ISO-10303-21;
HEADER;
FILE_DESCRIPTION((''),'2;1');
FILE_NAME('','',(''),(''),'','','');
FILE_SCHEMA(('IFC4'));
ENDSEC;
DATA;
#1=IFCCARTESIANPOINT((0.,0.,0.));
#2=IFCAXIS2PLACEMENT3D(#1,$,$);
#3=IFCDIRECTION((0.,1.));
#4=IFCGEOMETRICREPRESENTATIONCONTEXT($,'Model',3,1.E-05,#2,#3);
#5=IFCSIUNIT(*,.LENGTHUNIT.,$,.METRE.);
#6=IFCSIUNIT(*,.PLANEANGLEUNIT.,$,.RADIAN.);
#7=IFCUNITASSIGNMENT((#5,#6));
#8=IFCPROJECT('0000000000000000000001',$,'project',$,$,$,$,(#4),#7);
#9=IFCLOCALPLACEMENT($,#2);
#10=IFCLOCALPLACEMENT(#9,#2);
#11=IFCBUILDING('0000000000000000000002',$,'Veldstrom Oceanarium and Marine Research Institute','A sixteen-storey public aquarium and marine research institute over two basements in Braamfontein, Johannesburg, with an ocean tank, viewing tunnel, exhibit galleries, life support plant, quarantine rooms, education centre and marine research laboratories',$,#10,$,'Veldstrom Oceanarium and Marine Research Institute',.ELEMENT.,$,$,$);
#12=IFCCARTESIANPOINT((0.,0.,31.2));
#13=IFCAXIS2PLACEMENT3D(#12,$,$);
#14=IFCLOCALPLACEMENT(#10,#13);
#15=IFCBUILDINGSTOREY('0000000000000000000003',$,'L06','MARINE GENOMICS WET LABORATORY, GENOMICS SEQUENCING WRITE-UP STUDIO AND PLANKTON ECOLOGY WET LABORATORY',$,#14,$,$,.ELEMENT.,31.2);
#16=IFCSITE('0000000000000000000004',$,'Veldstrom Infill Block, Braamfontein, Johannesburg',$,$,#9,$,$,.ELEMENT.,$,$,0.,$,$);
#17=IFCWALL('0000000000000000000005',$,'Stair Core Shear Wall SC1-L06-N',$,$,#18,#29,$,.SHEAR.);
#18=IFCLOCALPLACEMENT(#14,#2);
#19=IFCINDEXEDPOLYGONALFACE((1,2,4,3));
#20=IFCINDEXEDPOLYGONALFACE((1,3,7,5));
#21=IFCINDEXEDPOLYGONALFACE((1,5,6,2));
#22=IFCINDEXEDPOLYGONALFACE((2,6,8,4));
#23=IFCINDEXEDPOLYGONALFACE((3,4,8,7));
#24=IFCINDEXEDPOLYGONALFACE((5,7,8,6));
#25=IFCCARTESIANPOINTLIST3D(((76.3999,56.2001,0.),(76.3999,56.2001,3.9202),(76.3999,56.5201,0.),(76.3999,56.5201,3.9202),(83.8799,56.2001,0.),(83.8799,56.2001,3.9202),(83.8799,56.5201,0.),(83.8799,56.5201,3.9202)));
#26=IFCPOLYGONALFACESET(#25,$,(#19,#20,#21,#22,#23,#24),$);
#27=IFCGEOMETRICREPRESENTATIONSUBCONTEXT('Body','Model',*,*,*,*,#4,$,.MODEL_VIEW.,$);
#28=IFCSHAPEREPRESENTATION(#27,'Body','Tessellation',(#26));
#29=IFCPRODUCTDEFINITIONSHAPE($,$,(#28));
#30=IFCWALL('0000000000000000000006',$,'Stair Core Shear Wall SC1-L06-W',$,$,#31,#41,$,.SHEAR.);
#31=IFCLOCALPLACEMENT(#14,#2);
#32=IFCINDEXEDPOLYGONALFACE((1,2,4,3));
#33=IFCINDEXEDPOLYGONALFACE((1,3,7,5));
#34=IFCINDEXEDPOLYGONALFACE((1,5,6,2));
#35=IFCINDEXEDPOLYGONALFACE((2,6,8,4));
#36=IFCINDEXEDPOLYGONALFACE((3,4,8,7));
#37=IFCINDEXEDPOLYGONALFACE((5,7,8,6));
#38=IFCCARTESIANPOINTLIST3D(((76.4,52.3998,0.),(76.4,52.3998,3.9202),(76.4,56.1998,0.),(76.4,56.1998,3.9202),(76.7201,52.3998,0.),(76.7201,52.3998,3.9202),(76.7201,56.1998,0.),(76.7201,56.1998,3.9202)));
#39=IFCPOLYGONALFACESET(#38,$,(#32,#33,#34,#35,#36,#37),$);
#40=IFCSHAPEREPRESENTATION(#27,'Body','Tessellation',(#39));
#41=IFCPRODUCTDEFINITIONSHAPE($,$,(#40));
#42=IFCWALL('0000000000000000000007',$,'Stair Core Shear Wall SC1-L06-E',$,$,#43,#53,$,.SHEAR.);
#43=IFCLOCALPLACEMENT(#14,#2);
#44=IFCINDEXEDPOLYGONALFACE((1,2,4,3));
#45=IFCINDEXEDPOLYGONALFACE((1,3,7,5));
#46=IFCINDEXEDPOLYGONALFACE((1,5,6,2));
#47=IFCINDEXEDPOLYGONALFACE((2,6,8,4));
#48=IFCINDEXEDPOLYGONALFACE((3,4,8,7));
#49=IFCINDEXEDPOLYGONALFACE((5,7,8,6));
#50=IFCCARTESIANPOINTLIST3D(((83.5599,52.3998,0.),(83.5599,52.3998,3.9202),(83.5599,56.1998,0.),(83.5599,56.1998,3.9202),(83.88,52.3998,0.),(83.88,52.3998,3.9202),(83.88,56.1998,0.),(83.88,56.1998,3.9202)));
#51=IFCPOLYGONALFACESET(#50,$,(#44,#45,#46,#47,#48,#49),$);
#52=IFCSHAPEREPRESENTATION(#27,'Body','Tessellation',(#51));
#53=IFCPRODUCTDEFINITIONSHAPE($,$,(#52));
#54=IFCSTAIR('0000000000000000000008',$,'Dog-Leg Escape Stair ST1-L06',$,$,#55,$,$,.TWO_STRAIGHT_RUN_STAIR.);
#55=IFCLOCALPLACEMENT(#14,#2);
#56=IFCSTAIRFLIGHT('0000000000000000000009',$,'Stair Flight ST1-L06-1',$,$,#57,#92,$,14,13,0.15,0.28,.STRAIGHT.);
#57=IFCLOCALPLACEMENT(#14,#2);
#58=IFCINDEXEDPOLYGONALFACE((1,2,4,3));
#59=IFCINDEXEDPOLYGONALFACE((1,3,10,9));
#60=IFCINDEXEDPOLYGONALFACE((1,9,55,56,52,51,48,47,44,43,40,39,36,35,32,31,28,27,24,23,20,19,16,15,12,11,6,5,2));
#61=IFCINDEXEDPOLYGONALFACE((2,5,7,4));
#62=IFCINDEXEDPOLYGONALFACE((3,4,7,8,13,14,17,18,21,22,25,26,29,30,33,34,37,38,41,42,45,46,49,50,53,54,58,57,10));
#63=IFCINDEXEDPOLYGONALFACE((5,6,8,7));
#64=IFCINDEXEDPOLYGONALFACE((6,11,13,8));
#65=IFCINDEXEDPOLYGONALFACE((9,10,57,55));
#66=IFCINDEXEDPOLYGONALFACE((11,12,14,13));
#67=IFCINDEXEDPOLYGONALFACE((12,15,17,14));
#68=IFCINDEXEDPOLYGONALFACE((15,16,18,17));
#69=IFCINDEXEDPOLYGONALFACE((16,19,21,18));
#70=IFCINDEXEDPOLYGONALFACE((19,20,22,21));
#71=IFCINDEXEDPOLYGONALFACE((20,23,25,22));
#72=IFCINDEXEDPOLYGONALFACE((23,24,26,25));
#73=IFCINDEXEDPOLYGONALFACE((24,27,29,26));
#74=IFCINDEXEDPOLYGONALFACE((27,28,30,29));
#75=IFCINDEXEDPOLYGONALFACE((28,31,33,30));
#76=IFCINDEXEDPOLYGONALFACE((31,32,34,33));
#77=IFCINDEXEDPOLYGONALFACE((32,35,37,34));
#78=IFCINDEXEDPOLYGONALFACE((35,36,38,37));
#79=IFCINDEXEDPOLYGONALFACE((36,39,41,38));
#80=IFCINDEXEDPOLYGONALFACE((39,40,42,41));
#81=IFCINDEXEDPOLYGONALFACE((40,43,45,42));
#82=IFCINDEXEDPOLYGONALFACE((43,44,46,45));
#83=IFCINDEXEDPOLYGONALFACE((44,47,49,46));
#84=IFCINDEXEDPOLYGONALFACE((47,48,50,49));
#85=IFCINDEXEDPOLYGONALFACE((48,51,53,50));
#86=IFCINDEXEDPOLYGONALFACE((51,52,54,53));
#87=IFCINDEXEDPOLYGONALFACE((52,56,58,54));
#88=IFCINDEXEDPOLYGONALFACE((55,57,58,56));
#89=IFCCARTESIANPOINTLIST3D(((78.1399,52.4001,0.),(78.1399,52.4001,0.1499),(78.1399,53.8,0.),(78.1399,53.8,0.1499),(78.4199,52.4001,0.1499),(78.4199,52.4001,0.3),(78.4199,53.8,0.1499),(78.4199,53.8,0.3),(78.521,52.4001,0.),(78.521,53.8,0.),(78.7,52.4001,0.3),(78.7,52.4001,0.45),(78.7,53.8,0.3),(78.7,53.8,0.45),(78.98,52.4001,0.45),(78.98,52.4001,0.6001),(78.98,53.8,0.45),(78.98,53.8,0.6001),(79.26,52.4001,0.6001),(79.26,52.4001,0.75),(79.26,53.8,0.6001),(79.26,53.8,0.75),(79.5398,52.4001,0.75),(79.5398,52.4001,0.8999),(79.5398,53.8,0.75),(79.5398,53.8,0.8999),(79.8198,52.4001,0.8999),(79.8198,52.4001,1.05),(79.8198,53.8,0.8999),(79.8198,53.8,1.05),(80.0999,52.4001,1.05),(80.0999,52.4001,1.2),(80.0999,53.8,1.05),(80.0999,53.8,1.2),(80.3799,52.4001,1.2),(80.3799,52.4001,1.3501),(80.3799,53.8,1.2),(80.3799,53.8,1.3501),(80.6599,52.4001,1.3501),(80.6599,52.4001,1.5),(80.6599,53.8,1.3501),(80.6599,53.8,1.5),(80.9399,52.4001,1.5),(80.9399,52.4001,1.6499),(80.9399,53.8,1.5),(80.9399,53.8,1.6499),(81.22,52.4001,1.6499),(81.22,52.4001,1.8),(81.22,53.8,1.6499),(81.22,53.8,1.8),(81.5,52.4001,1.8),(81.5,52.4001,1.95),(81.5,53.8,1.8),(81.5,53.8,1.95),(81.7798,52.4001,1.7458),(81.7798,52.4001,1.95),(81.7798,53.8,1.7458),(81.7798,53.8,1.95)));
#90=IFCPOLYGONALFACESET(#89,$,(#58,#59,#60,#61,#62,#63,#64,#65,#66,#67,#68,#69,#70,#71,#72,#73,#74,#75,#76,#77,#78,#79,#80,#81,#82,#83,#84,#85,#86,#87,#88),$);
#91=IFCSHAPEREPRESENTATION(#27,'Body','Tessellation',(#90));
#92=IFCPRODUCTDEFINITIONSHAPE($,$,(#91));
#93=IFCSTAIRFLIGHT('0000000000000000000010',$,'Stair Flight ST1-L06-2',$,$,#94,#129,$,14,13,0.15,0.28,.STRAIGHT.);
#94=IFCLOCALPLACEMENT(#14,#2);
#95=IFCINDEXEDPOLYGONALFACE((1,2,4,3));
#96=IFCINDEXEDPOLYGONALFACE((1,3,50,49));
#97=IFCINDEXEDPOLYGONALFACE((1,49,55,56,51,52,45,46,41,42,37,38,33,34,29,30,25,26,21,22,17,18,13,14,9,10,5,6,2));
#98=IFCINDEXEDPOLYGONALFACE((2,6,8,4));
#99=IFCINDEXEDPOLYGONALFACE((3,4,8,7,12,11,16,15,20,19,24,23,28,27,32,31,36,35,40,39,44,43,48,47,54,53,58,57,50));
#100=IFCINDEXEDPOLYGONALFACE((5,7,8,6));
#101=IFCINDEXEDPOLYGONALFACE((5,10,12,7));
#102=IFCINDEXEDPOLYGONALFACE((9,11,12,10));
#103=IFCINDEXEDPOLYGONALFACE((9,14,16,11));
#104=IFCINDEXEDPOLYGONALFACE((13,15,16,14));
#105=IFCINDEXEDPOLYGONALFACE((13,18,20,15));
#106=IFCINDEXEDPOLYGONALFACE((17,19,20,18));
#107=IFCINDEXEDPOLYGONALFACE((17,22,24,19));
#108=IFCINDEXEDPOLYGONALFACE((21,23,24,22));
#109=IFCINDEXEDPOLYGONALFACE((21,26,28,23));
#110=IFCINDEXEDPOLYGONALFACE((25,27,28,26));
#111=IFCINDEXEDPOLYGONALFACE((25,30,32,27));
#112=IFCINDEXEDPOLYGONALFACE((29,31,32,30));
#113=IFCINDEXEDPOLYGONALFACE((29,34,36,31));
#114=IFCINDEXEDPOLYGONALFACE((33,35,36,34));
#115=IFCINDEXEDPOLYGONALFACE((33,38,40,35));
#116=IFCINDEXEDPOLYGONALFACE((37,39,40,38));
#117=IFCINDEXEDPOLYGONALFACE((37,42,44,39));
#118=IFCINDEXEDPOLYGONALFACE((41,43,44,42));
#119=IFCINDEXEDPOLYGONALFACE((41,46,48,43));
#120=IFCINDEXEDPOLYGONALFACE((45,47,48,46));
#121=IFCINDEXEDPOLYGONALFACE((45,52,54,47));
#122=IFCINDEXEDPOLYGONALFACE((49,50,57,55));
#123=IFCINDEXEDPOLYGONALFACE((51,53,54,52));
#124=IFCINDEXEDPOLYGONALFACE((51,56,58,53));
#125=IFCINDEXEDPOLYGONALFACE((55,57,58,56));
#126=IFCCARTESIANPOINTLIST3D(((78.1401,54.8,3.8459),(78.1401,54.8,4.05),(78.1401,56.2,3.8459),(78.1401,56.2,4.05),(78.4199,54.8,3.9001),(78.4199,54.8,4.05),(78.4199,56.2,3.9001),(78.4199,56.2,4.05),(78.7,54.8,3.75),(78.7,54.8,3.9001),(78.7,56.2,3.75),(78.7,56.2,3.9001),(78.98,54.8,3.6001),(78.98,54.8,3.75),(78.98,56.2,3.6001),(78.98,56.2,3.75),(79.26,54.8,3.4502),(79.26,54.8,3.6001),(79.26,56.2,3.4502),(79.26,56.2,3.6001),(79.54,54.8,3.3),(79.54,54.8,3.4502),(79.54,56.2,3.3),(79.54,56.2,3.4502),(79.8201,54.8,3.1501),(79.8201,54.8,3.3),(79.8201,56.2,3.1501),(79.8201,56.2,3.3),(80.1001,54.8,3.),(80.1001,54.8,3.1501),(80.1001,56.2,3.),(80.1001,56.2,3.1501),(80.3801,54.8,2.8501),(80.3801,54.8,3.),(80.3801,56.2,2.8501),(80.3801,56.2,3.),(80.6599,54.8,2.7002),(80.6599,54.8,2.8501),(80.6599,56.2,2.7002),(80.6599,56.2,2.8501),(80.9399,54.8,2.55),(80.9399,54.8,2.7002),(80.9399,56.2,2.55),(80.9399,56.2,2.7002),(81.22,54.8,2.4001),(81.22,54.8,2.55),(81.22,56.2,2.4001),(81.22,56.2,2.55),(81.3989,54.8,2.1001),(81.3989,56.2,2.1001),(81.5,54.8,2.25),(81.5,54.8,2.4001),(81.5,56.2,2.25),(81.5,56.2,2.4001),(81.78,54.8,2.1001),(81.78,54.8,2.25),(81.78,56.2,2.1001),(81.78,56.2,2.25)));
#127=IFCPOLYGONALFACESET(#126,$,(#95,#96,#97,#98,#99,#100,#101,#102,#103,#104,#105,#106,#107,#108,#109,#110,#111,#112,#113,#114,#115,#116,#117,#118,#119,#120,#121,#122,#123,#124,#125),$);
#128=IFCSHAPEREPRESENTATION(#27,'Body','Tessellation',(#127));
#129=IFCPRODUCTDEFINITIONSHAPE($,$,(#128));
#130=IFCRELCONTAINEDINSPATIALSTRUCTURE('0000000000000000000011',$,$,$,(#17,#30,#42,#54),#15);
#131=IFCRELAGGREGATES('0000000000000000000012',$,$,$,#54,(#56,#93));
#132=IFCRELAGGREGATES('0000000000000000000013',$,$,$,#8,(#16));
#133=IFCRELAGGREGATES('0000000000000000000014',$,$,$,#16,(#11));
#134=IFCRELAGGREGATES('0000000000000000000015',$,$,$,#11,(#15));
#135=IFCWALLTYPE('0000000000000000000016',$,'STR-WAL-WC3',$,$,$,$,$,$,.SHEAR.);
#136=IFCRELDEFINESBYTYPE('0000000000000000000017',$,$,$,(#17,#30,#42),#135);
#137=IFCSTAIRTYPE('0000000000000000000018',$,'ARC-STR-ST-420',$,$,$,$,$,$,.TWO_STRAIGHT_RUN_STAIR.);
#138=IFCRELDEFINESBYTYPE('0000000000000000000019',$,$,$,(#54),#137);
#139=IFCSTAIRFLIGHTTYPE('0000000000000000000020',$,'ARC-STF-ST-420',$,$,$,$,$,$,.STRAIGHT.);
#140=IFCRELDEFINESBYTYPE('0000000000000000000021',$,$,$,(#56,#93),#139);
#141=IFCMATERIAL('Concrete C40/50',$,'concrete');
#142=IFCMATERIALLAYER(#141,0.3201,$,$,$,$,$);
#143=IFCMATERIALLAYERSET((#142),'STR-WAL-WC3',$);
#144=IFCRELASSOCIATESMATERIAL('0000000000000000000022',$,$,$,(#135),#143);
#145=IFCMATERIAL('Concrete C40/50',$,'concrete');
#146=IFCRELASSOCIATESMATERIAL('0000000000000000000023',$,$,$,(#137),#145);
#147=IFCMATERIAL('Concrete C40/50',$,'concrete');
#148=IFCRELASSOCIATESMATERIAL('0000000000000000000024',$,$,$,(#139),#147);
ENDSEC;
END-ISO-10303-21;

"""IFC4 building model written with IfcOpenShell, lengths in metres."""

from ifc_helpers import new_model, si_unit, direction, frame, frame_2d, origin, place, context, subcontext, project, spatial, polyline, rectangle, outline, extrude, material, layer, layer_set, type_object, element, aggregate, save


model = new_model("IFC4")

# Units and contexts
model_context = context("Model", 3, precision=1e-05, world=origin(), true_north=direction((0.0, 1.0)))
body_context = subcontext(model_context, "Body", "Model", "MODEL_VIEW")
ifc_project = project(units=[si_unit("LENGTHUNIT", "METRE"), si_unit("PLANEANGLEUNIT", "RADIAN")], contexts=[model_context])

# Site, building, storey
site_placement = place(None, origin())
site = spatial("IfcSite", under=ifc_project, at=site_placement, Name="Veldstrom Infill Block, Braamfontein, Johannesburg", CompositionType="ELEMENT", RefElevation=0.0)
building_placement = place(site_placement, origin())
building = spatial("IfcBuilding", under=site, at=building_placement, Name="Veldstrom Oceanarium and Marine Research Institute", Description="A sixteen-storey public aquarium and marine research institute over two basements in Braamfontein, Johannesburg, with an ocean tank, viewing tunnel, exhibit galleries, life support plant, quarantine rooms, education centre and marine research laboratories", LongName="Veldstrom Oceanarium and Marine Research Institute", CompositionType="ELEMENT")
storey_placement = place(building_placement, frame((0.0, 0.0, 31.2)))
storey = spatial("IfcBuildingStorey", under=building, at=storey_placement, Name="L06", Description="MARINE GENOMICS WET LABORATORY, GENOMICS SEQUENCING WRITE-UP STUDIO AND PLANKTON ECOLOGY WET LABORATORY", CompositionType="ELEMENT", Elevation=31.2)

# Shared definitions
ifc_material_1 = material(Name="Concrete C40/50", Category="concrete")
ifc_layer_1 = layer(ifc_material_1, 0.3201)
ifc_layer_set_1 = layer_set([ifc_layer_1], Name="STR-WAL-WC3")
wall_type_1 = type_object("IfcWallType", Name="STR-WAL-WC3", PredefinedType="SHEAR", material=ifc_layer_set_1)

# Walls
wall_1_placement = place(storey_placement, frame((76.3999, 56.3601, 0.0), z_axis=(0.0, 0.0, 1.0), x_axis=(1.0, 0.0, 0.0)))
element("IfcWall", 1, at=wall_1_placement, inside=storey, type_object=wall_type_1, Name="Stair Core Shear Wall SC1-L06-N", PredefinedType="SHEAR", context=body_context, shape_type="SweptSolid", body=[
    extrude(rectangle(XDim=7.48, YDim=0.3201, at=frame_2d((3.74, 0.0))), origin(), (0.0, 0.0, 1.0), 3.9202),
])
for number, where, z_axis, x_axis, name in (
    (2, (76.5601, 52.3999, 0.0), (0.0, 0.0, 1.0), (0.0, 1.0, 0.0), "Stair Core Shear Wall SC1-L06-W"),
    (3, (83.72, 52.3999, 0.0), (0.0, 0.0, 1.0), (0.0, 1.0, 0.0), "Stair Core Shear Wall SC1-L06-E"),
):
    element("IfcWall", number, at=place(storey_placement, frame(where, z_axis=z_axis, x_axis=x_axis)), inside=storey, type_object=wall_type_1, Name=name, PredefinedType="SHEAR", context=body_context, shape_type="SweptSolid", body=[
        extrude(rectangle(XDim=3.8, YDim=0.3201, at=frame_2d((1.8999, 0.0))), origin(), (0.0, 0.0, 1.0), 3.9202),
    ])

# Stair, stair flights
ifc_material_2 = material(Name="Concrete C40/50", Category="concrete")
stair_type = type_object("IfcStairType", Name="ARC-STR-ST-420", PredefinedType="TWO_STRAIGHT_RUN_STAIR", material=ifc_material_2)
stair_placement = place(storey_placement, origin())
stair = element("IfcStair", 4, at=stair_placement, inside=storey, type_object=stair_type, Name="Dog-Leg Escape Stair ST1-L06", PredefinedType="TWO_STRAIGHT_RUN_STAIR")
ifc_material_3 = material(Name="Concrete C40/50", Category="concrete")
stair_flight_type = type_object("IfcStairFlightType", Name="ARC-STF-ST-420", PredefinedType="STRAIGHT", material=ifc_material_3)
stair_flight_1_placement = place(storey_placement, frame((78.1399, 53.1001, 0.0), z_axis=(0.0, 0.0, 1.0), x_axis=(1.0, 0.0, 0.0)))
stair_flight_1 = element("IfcStairFlight", 5, at=stair_flight_1_placement, type_object=stair_flight_type, Name="Stair Flight ST1-L06-1", NumberOfRisers=14, NumberOfTreads=13, PredefinedType="STRAIGHT", RiserHeight=0.15, TreadLength=0.28, context=body_context, shape_type="SweptSolid", body=[
    extrude(outline(polyline([(0.0, 0.0), (0.0, 0.1499), (0.28, 0.1499), (0.28, 0.3), (0.5601, 0.3), (0.5601, 0.45), (0.8401, 0.45), (0.8401, 0.6001), (1.1201, 0.6001), (1.1201, 0.75), (1.3999, 0.75), (1.3999, 0.8999), (1.6799, 0.8999), (1.6799, 1.05), (1.96, 1.05), (1.96, 1.2), (2.24, 1.2), (2.24, 1.3501), (2.52, 1.3501), (2.52, 1.5), (2.8, 1.5), (2.8, 1.6499), (3.0801, 1.6499), (3.0801, 1.8), (3.3601, 1.8), (3.3601, 1.95), (3.6399, 1.95), (3.6399, 2.1001), (3.6399, 1.7458), (0.3811, 0.0), (0.0, 0.0)])), frame((0.0, 0.7, 0.0), z_axis=(0.0, -1.0, 0.0), x_axis=(1.0, 0.0, 0.0)), (0.0, 0.0, 1.0), 1.3999),
])
stair_flight_2_placement = place(storey_placement, frame((81.78, 55.5, 2.1001), z_axis=(0.0, 0.0, 1.0), x_axis=(-1.0, 0.0, 0.0)))
stair_flight_2 = element("IfcStairFlight", 6, at=stair_flight_2_placement, type_object=stair_flight_type, Name="Stair Flight ST1-L06-2", NumberOfRisers=14, NumberOfTreads=13, PredefinedType="STRAIGHT", RiserHeight=0.15, TreadLength=0.28, context=body_context, shape_type="SweptSolid", body=[
    extrude(outline(polyline([(0.0, 0.0), (0.0, 0.1499), (0.28, 0.1499), (0.28, 0.3), (0.5601, 0.3), (0.5601, 0.45), (0.8401, 0.45), (0.8401, 0.6001), (1.1201, 0.6001), (1.1201, 0.75), (1.3999, 0.75), (1.3999, 0.8999), (1.6799, 0.8999), (1.6799, 1.05), (1.96, 1.05), (1.96, 1.2), (2.24, 1.2), (2.24, 1.3501), (2.52, 1.3501), (2.52, 1.5), (2.8, 1.5), (2.8, 1.6499), (3.0801, 1.6499), (3.0801, 1.8), (3.3601, 1.8), (3.3601, 1.95), (3.6399, 1.95), (3.6399, 2.1001), (3.6399, 1.7458), (0.3811, 0.0), (0.0, 0.0)])), frame((0.0, 0.7, 0.0), z_axis=(0.0, -1.0, 0.0), x_axis=(1.0, 0.0, 0.0)), (0.0, 0.0, 1.0), 1.3999),
])
aggregate(stair, [stair_flight_1, stair_flight_2])

save(model, "model.ifc")
